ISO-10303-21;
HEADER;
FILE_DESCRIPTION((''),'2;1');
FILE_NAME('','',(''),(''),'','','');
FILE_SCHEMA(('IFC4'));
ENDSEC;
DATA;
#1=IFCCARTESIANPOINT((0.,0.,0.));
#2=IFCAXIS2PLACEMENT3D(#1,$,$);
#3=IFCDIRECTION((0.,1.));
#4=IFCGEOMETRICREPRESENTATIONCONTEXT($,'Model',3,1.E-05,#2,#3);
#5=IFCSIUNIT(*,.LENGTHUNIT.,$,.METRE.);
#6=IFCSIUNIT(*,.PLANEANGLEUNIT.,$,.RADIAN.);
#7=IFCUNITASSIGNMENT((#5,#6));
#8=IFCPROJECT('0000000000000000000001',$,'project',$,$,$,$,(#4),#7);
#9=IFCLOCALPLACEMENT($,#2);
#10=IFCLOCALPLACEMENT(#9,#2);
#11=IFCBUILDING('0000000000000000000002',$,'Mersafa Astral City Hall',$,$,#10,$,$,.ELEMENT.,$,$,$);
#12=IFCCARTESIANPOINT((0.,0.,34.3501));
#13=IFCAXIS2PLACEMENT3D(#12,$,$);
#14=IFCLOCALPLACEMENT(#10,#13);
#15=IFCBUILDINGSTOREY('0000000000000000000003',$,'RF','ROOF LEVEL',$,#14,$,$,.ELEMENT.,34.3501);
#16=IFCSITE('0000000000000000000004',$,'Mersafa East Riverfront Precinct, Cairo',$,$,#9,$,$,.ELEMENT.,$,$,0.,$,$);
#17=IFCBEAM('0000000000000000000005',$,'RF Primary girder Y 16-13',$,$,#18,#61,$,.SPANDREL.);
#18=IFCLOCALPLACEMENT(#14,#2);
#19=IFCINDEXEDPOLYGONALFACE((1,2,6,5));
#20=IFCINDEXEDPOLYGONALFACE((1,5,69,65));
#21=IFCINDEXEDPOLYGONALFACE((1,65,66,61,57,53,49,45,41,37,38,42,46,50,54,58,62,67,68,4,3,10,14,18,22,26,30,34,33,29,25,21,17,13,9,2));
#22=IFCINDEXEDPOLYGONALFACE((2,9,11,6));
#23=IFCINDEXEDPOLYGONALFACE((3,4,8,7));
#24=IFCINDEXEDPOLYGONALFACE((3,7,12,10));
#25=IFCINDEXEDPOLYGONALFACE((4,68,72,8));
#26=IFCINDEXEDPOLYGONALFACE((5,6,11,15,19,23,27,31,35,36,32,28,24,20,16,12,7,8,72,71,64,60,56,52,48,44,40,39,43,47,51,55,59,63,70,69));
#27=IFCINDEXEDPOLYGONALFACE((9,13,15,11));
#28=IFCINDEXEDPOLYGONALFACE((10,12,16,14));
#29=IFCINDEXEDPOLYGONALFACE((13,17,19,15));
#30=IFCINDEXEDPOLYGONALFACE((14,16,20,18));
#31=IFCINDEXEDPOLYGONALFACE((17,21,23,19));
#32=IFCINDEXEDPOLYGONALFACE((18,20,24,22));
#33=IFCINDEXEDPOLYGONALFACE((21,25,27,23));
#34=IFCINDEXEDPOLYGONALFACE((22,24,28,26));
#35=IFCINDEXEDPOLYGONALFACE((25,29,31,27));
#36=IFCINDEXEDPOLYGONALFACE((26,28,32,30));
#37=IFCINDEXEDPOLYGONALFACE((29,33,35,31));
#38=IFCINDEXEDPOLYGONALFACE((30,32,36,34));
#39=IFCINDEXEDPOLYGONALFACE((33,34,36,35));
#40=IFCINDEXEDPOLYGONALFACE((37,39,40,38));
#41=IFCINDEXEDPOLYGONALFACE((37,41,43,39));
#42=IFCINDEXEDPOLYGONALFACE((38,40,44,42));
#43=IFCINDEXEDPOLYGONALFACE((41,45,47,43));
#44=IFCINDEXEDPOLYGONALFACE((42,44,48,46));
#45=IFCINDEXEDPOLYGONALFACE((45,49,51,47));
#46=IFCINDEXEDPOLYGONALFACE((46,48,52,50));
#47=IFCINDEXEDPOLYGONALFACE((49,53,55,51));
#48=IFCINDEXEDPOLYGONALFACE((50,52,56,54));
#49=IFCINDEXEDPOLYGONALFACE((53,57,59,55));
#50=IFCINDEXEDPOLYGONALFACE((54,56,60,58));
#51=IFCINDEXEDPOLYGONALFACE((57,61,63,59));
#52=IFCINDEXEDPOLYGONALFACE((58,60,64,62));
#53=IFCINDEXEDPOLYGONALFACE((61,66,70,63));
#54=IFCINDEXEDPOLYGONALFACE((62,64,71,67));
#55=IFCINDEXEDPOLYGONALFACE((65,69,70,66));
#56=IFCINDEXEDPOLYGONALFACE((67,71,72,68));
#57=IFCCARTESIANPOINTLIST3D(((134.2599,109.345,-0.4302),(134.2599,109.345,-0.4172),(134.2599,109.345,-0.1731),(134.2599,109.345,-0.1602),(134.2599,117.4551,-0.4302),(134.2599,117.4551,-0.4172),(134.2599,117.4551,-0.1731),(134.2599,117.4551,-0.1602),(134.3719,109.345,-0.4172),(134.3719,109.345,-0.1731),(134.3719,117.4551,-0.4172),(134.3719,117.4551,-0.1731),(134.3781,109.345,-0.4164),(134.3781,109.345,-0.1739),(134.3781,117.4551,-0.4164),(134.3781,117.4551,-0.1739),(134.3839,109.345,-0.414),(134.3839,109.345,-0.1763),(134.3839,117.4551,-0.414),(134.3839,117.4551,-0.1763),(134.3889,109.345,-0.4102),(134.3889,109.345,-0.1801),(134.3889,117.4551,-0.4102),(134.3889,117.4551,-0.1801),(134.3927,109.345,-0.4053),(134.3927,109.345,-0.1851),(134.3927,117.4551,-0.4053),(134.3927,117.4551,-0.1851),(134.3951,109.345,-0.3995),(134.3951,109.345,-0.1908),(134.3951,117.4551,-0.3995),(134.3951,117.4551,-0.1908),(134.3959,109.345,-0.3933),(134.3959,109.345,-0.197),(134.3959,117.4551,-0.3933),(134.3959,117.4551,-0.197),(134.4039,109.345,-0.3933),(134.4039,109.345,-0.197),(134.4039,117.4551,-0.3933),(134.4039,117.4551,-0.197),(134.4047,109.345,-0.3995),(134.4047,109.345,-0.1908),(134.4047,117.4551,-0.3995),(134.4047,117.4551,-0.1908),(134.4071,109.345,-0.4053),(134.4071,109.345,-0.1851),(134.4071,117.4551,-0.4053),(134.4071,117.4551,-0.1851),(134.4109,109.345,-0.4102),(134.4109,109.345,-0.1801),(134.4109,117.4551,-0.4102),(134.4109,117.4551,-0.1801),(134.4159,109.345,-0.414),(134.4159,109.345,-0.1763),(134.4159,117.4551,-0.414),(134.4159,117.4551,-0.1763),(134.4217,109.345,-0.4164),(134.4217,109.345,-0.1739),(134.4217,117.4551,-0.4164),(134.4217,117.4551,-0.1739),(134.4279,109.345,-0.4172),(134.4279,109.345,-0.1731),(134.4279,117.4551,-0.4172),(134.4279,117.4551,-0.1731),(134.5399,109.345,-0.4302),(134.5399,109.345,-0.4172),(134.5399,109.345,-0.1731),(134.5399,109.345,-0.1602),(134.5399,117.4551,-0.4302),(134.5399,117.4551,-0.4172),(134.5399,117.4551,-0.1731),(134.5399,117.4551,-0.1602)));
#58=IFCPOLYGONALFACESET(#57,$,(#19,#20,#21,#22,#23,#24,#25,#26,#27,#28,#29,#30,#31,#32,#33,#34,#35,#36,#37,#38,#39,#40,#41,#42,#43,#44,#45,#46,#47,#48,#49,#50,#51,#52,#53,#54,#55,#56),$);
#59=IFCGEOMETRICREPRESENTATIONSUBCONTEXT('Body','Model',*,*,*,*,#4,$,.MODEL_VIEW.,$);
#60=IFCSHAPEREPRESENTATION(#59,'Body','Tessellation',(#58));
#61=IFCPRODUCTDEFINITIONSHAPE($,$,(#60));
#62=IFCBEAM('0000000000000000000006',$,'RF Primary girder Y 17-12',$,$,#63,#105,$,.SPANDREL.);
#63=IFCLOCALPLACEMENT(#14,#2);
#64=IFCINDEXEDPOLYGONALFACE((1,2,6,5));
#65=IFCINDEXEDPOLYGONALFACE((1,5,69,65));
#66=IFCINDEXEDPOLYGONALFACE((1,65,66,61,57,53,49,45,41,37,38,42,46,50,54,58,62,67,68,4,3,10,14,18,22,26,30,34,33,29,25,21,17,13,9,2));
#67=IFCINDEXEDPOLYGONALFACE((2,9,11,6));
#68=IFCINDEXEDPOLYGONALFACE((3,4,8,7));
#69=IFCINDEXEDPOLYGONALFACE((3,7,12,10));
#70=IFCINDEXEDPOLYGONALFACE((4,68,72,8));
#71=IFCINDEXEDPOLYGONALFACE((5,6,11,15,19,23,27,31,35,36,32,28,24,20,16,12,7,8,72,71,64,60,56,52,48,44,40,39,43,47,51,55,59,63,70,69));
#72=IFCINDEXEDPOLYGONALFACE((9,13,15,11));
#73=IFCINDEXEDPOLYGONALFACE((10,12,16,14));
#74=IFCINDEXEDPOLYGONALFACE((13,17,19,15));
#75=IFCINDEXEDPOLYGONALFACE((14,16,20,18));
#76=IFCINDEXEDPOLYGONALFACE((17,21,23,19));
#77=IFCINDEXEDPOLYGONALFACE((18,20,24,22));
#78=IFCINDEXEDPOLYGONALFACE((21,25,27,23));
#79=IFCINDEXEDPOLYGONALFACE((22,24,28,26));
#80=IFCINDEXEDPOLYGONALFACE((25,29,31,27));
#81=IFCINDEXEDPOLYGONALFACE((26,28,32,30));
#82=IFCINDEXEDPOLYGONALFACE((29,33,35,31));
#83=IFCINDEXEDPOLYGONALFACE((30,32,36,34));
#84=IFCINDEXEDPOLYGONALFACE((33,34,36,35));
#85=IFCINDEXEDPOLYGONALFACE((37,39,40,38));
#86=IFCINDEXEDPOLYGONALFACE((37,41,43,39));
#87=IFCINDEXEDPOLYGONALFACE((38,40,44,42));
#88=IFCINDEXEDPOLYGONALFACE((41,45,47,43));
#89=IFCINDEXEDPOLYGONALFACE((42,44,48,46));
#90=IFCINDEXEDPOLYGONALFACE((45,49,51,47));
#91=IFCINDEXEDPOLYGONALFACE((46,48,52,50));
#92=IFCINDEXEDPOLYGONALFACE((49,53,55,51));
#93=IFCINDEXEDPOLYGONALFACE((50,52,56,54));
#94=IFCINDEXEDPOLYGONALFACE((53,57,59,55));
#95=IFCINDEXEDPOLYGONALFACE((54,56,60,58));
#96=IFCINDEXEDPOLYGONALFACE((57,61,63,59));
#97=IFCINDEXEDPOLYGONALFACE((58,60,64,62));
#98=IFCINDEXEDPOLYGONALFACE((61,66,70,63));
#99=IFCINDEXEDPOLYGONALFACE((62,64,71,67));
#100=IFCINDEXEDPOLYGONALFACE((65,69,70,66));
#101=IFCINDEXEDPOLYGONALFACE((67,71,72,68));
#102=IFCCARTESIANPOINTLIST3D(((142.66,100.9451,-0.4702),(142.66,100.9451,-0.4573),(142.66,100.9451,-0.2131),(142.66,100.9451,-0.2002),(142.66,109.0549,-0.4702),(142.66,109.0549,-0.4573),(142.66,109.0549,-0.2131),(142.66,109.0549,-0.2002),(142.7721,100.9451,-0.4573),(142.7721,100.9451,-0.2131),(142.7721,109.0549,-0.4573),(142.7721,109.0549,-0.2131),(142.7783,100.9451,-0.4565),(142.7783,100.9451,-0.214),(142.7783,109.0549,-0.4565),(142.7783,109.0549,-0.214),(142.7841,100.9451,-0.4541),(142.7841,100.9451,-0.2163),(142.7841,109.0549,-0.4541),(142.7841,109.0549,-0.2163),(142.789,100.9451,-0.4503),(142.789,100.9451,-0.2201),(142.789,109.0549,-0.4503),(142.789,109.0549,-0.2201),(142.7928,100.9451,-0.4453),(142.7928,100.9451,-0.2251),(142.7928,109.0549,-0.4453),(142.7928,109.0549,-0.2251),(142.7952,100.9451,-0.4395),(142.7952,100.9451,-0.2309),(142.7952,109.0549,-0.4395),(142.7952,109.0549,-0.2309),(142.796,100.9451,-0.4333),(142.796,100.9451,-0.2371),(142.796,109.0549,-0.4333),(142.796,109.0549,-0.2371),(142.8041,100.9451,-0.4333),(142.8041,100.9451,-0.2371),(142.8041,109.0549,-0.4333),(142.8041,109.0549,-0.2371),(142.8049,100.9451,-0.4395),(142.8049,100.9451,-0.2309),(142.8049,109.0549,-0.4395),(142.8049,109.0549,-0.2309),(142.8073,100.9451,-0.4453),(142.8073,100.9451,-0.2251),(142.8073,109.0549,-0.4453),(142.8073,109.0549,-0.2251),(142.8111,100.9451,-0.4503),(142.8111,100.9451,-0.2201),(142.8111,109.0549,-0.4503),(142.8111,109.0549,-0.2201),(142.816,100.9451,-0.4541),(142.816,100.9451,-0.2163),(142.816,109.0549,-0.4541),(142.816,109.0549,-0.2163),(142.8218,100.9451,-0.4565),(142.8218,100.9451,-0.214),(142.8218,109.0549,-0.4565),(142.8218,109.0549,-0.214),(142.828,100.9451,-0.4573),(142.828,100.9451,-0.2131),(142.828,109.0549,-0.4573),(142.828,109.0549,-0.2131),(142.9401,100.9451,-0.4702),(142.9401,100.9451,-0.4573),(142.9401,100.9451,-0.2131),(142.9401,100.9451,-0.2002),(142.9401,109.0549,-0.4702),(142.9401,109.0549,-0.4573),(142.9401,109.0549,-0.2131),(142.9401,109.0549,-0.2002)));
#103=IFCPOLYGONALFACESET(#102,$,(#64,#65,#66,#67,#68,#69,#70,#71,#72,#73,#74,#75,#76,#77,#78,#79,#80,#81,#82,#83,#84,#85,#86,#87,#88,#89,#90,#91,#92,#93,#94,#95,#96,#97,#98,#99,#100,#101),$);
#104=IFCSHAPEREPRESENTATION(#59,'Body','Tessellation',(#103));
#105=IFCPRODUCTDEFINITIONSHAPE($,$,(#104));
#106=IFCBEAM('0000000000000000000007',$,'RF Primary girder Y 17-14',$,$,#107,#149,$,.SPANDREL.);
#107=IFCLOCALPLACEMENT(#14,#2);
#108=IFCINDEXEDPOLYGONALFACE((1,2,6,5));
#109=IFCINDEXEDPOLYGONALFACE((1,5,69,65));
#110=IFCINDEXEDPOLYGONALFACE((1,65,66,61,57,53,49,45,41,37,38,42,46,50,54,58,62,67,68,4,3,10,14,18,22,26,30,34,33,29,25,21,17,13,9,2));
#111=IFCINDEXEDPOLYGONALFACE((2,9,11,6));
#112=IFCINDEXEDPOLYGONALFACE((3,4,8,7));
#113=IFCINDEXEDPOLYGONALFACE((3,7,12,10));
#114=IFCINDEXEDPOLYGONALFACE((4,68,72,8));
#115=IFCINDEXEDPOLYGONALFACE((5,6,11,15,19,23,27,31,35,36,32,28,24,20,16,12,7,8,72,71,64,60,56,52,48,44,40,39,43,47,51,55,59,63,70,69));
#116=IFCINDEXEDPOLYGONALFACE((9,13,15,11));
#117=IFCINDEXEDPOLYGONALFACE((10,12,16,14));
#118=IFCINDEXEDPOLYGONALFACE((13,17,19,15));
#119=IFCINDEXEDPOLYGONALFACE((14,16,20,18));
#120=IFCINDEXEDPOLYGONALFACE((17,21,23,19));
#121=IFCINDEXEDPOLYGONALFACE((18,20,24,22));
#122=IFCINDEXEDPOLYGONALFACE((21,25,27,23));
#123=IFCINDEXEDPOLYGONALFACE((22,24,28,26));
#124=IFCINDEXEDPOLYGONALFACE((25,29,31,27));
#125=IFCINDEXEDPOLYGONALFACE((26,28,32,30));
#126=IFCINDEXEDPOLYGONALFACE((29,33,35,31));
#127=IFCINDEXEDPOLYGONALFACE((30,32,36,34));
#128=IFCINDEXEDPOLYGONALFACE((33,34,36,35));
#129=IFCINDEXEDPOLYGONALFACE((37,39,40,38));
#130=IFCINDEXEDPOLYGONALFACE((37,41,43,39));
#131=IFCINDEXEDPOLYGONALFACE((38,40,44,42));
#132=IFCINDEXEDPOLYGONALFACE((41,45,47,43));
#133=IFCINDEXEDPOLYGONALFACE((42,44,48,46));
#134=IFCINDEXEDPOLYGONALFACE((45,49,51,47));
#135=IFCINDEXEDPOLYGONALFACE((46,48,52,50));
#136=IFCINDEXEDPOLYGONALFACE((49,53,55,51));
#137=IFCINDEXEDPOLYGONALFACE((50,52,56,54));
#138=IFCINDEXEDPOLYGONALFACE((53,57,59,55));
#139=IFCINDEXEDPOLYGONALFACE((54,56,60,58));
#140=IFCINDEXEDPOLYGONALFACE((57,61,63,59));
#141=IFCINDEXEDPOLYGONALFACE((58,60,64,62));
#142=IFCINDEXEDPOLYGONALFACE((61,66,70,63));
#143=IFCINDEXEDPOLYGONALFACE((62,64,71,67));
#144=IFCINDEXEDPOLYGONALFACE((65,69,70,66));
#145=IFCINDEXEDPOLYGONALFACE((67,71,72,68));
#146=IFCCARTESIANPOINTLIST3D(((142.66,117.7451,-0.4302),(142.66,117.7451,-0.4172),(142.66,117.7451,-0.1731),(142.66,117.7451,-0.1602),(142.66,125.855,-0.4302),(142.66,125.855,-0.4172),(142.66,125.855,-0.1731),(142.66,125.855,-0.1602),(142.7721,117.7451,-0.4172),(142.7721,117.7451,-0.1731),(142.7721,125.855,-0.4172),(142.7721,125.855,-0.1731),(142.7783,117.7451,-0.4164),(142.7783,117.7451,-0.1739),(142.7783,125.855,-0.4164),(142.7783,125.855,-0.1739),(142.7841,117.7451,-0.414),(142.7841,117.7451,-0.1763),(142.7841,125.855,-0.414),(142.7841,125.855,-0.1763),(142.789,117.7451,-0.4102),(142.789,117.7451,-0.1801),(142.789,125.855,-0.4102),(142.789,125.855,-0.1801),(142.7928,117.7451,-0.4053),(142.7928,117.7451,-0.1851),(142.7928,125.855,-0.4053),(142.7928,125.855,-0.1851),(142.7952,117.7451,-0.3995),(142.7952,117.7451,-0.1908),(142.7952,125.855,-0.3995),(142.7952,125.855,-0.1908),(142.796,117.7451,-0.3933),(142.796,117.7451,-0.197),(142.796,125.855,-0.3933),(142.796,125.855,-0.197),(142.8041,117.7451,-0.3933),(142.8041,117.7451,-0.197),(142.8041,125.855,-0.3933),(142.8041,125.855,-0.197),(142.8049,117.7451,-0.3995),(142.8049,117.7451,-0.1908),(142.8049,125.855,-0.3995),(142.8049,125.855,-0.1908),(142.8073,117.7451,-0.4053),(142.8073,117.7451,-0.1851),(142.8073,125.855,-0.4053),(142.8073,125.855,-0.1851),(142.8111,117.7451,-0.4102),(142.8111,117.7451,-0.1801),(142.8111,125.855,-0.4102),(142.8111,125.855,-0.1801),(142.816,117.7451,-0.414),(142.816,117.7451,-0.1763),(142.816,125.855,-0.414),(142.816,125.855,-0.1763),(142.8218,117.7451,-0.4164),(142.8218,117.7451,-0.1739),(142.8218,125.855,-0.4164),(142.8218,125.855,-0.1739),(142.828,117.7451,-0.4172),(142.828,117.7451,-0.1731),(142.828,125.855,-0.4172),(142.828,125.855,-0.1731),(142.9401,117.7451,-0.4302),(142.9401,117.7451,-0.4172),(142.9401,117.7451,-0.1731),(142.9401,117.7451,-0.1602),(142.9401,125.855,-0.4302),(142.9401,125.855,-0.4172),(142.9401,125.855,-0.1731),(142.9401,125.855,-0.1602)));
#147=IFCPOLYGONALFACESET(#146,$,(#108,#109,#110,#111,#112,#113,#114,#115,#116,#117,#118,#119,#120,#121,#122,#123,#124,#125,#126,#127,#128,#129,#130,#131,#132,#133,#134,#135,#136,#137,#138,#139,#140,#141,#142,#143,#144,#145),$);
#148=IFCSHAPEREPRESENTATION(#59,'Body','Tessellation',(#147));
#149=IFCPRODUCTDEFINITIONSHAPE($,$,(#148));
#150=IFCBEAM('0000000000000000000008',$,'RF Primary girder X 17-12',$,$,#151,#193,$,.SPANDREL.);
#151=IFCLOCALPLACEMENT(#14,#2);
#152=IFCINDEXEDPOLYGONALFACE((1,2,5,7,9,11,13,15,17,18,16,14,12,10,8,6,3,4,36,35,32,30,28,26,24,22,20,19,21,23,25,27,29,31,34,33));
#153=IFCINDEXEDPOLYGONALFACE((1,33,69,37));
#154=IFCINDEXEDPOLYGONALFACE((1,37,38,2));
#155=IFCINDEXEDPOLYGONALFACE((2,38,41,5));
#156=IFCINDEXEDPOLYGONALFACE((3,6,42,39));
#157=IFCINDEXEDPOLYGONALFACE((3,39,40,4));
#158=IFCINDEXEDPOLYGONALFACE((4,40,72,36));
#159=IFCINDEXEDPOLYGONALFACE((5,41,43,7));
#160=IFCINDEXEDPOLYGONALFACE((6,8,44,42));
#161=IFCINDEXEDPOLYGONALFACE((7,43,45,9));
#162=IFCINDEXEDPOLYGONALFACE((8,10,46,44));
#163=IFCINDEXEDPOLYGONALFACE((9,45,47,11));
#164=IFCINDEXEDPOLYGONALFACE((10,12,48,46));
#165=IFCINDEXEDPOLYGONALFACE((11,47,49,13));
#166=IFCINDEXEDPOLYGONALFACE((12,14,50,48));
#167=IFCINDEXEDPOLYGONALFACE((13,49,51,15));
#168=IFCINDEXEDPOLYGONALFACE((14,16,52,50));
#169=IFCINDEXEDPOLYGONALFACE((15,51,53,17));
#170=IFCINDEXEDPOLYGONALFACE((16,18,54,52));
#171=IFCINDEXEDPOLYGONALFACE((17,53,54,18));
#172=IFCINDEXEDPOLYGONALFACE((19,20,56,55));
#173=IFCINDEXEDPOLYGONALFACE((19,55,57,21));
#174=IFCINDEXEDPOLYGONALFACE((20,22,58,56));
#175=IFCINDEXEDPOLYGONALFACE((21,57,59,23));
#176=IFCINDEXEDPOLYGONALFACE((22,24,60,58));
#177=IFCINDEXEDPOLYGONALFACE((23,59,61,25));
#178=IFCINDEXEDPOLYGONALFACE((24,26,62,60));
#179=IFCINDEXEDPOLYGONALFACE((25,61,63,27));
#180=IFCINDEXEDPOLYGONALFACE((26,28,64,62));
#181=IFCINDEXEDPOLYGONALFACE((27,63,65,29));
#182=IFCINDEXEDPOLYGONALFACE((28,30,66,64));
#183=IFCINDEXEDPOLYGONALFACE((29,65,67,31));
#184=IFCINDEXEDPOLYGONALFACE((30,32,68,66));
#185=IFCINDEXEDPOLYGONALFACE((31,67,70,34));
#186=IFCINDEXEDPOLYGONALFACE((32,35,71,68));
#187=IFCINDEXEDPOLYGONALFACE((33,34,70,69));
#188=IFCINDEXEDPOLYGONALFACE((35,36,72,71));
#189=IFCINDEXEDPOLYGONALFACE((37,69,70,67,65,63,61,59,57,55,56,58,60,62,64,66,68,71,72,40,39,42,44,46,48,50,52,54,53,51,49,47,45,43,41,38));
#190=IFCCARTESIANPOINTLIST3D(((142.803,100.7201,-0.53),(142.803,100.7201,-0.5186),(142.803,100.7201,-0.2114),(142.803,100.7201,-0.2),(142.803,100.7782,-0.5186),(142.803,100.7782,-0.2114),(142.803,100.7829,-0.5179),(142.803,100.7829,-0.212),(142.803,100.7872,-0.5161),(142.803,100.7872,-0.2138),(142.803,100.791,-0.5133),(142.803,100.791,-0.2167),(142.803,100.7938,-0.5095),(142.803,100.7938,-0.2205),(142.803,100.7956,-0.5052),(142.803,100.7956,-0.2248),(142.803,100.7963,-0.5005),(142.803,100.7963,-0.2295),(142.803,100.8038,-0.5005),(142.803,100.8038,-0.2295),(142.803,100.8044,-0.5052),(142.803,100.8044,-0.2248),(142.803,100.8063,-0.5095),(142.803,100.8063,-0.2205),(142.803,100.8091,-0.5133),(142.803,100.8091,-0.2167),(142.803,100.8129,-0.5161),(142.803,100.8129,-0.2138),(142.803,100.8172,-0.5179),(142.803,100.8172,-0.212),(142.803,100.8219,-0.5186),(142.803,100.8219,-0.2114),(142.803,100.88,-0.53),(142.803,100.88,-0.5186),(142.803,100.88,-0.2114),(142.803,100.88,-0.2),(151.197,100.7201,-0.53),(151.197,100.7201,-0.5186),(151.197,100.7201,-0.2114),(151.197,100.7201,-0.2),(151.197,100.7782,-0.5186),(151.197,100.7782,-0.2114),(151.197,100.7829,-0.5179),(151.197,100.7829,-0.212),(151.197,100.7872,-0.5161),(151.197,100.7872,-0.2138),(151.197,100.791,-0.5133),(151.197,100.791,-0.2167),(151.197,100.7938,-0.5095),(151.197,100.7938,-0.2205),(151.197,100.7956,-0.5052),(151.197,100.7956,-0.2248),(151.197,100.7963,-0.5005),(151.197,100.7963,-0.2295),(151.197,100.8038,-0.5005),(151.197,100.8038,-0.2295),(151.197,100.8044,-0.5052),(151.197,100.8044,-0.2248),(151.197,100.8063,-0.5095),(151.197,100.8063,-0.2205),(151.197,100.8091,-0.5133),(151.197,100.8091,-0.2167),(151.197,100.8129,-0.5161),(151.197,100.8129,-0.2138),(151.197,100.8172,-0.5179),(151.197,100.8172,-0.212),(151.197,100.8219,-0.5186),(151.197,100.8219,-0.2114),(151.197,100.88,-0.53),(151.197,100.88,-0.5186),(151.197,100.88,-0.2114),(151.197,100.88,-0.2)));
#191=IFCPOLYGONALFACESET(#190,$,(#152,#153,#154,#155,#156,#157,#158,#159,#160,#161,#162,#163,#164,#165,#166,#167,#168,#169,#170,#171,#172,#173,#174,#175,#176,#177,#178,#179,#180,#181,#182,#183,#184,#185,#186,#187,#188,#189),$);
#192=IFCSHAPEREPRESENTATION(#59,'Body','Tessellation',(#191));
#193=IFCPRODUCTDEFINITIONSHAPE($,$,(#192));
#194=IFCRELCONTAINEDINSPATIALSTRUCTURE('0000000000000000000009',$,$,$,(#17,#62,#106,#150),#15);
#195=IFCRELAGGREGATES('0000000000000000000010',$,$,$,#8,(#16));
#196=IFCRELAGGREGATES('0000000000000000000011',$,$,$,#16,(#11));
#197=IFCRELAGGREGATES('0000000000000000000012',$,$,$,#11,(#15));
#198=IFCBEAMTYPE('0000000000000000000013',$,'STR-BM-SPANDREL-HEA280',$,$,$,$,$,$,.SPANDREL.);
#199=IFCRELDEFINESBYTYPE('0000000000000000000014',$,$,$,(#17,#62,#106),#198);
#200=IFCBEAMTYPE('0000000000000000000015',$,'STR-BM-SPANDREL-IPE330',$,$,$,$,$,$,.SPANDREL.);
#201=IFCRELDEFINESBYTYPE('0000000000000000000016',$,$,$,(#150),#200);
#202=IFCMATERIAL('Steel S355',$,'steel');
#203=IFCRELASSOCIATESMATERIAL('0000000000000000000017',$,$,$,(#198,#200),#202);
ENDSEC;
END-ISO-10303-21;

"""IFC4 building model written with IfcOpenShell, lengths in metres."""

from ifc_helpers import new_model, si_unit, direction, frame, origin, origin_2d, place, context, subcontext, project, spatial, i_section, extrude, material, material_profile, profile_set, type_object, element, save


model = new_model("IFC4")

# Units and contexts
model_context = context("Model", 3, precision=1e-05, world=origin(), true_north=direction((0.0, 1.0)))
body_context = subcontext(model_context, "Body", "Model", "MODEL_VIEW")
ifc_project = project(units=[si_unit("LENGTHUNIT", "METRE"), si_unit("PLANEANGLEUNIT", "RADIAN")], contexts=[model_context])

# Site, building, storey
site_placement = place(None, origin())
site = spatial("IfcSite", under=ifc_project, at=site_placement, Name="Mersafa East Riverfront Precinct, Cairo", CompositionType="ELEMENT", RefElevation=0.0)
building_placement = place(site_placement, origin())
building = spatial("IfcBuilding", under=site, at=building_placement, Name="Mersafa Astral City Hall", CompositionType="ELEMENT")
storey_placement = place(building_placement, frame((0.0, 0.0, 34.3501)))
storey = spatial("IfcBuildingStorey", under=building, at=storey_placement, Name="RF", Description="ROOF LEVEL", CompositionType="ELEMENT", Elevation=34.3501)

# Shared definitions
ifc_material = material(Name="Steel S355", Category="steel")

# Beams
ifc_material_profile_1 = material_profile(ifc_material, i_section(OverallWidth=0.28, OverallDepth=0.27, WebThickness=0.0081, FlangeThickness=0.0129, FilletRadius=0.0239, at=origin_2d()), Name="HEA 280")
ifc_profile_set_1 = profile_set([ifc_material_profile_1], Name="Steel S355")
beam_type_1 = type_object("IfcBeamType", Name="STR-BM-SPANDREL-HEA280", PredefinedType="SPANDREL", material=ifc_profile_set_1)
beam_1_placement = place(storey_placement, frame((134.3999, 109.345, -0.2952), z_axis=(0.0, 1.0, 0.0), x_axis=(-1.0, 0.0, 0.0)))
element("IfcBeam", 1, at=beam_1_placement, inside=storey, type_object=beam_type_1, Name="RF Primary girder Y 16-13", PredefinedType="SPANDREL", context=body_context, shape_type="SweptSolid", body=[
    extrude(i_section(OverallWidth=0.28, OverallDepth=0.27, WebThickness=0.0081, FlangeThickness=0.0129, FilletRadius=0.0239, at=origin_2d()), origin(), (0.0, 0.0, 1.0), 8.1101),
])
for number, where, z_axis, x_axis, name in (
    (2, (142.8, 100.9451, -0.3352), (0.0, 1.0, 0.0), (-1.0, 0.0, 0.0), "RF Primary girder Y 17-12"),
    (3, (142.8, 117.7451, -0.2952), (0.0, 1.0, 0.0), (-1.0, 0.0, 0.0), "RF Primary girder Y 17-14"),
):
    element("IfcBeam", number, at=place(storey_placement, frame(where, z_axis=z_axis, x_axis=x_axis)), inside=storey, type_object=beam_type_1, Name=name, PredefinedType="SPANDREL", context=body_context, shape_type="SweptSolid", body=[
        extrude(i_section(OverallWidth=0.28, OverallDepth=0.27, WebThickness=0.0081, FlangeThickness=0.0129, FilletRadius=0.0239, at=origin_2d()), origin(), (0.0, 0.0, 1.0), 8.1099),
    ])
ifc_material_profile_2 = material_profile(ifc_material, i_section(OverallWidth=0.1599, OverallDepth=0.3301, WebThickness=0.0076, FlangeThickness=0.0115, FilletRadius=0.0181, at=origin_2d()), Name="IPE 330")
ifc_profile_set_2 = profile_set([ifc_material_profile_2], Name="Steel S355")
beam_type_2 = type_object("IfcBeamType", Name="STR-BM-SPANDREL-IPE330", PredefinedType="SPANDREL", material=ifc_profile_set_2)
for number, where, z_axis, x_axis, name in (
    (4, (142.803, 100.8, -0.365), (1.0, 0.0, 0.0), (0.0, 1.0, 0.0), "RF Primary girder X 17-12"),
):
    element("IfcBeam", number, at=place(storey_placement, frame(where, z_axis=z_axis, x_axis=x_axis)), inside=storey, type_object=beam_type_2, Name=name, PredefinedType="SPANDREL", context=body_context, shape_type="SweptSolid", body=[
        extrude(i_section(OverallWidth=0.1599, OverallDepth=0.3301, WebThickness=0.0076, FlangeThickness=0.0115, FilletRadius=0.0181, at=origin_2d()), origin(), (0.0, 0.0, 1.0), 8.394),
    ])

save(model, "model.ifc")
